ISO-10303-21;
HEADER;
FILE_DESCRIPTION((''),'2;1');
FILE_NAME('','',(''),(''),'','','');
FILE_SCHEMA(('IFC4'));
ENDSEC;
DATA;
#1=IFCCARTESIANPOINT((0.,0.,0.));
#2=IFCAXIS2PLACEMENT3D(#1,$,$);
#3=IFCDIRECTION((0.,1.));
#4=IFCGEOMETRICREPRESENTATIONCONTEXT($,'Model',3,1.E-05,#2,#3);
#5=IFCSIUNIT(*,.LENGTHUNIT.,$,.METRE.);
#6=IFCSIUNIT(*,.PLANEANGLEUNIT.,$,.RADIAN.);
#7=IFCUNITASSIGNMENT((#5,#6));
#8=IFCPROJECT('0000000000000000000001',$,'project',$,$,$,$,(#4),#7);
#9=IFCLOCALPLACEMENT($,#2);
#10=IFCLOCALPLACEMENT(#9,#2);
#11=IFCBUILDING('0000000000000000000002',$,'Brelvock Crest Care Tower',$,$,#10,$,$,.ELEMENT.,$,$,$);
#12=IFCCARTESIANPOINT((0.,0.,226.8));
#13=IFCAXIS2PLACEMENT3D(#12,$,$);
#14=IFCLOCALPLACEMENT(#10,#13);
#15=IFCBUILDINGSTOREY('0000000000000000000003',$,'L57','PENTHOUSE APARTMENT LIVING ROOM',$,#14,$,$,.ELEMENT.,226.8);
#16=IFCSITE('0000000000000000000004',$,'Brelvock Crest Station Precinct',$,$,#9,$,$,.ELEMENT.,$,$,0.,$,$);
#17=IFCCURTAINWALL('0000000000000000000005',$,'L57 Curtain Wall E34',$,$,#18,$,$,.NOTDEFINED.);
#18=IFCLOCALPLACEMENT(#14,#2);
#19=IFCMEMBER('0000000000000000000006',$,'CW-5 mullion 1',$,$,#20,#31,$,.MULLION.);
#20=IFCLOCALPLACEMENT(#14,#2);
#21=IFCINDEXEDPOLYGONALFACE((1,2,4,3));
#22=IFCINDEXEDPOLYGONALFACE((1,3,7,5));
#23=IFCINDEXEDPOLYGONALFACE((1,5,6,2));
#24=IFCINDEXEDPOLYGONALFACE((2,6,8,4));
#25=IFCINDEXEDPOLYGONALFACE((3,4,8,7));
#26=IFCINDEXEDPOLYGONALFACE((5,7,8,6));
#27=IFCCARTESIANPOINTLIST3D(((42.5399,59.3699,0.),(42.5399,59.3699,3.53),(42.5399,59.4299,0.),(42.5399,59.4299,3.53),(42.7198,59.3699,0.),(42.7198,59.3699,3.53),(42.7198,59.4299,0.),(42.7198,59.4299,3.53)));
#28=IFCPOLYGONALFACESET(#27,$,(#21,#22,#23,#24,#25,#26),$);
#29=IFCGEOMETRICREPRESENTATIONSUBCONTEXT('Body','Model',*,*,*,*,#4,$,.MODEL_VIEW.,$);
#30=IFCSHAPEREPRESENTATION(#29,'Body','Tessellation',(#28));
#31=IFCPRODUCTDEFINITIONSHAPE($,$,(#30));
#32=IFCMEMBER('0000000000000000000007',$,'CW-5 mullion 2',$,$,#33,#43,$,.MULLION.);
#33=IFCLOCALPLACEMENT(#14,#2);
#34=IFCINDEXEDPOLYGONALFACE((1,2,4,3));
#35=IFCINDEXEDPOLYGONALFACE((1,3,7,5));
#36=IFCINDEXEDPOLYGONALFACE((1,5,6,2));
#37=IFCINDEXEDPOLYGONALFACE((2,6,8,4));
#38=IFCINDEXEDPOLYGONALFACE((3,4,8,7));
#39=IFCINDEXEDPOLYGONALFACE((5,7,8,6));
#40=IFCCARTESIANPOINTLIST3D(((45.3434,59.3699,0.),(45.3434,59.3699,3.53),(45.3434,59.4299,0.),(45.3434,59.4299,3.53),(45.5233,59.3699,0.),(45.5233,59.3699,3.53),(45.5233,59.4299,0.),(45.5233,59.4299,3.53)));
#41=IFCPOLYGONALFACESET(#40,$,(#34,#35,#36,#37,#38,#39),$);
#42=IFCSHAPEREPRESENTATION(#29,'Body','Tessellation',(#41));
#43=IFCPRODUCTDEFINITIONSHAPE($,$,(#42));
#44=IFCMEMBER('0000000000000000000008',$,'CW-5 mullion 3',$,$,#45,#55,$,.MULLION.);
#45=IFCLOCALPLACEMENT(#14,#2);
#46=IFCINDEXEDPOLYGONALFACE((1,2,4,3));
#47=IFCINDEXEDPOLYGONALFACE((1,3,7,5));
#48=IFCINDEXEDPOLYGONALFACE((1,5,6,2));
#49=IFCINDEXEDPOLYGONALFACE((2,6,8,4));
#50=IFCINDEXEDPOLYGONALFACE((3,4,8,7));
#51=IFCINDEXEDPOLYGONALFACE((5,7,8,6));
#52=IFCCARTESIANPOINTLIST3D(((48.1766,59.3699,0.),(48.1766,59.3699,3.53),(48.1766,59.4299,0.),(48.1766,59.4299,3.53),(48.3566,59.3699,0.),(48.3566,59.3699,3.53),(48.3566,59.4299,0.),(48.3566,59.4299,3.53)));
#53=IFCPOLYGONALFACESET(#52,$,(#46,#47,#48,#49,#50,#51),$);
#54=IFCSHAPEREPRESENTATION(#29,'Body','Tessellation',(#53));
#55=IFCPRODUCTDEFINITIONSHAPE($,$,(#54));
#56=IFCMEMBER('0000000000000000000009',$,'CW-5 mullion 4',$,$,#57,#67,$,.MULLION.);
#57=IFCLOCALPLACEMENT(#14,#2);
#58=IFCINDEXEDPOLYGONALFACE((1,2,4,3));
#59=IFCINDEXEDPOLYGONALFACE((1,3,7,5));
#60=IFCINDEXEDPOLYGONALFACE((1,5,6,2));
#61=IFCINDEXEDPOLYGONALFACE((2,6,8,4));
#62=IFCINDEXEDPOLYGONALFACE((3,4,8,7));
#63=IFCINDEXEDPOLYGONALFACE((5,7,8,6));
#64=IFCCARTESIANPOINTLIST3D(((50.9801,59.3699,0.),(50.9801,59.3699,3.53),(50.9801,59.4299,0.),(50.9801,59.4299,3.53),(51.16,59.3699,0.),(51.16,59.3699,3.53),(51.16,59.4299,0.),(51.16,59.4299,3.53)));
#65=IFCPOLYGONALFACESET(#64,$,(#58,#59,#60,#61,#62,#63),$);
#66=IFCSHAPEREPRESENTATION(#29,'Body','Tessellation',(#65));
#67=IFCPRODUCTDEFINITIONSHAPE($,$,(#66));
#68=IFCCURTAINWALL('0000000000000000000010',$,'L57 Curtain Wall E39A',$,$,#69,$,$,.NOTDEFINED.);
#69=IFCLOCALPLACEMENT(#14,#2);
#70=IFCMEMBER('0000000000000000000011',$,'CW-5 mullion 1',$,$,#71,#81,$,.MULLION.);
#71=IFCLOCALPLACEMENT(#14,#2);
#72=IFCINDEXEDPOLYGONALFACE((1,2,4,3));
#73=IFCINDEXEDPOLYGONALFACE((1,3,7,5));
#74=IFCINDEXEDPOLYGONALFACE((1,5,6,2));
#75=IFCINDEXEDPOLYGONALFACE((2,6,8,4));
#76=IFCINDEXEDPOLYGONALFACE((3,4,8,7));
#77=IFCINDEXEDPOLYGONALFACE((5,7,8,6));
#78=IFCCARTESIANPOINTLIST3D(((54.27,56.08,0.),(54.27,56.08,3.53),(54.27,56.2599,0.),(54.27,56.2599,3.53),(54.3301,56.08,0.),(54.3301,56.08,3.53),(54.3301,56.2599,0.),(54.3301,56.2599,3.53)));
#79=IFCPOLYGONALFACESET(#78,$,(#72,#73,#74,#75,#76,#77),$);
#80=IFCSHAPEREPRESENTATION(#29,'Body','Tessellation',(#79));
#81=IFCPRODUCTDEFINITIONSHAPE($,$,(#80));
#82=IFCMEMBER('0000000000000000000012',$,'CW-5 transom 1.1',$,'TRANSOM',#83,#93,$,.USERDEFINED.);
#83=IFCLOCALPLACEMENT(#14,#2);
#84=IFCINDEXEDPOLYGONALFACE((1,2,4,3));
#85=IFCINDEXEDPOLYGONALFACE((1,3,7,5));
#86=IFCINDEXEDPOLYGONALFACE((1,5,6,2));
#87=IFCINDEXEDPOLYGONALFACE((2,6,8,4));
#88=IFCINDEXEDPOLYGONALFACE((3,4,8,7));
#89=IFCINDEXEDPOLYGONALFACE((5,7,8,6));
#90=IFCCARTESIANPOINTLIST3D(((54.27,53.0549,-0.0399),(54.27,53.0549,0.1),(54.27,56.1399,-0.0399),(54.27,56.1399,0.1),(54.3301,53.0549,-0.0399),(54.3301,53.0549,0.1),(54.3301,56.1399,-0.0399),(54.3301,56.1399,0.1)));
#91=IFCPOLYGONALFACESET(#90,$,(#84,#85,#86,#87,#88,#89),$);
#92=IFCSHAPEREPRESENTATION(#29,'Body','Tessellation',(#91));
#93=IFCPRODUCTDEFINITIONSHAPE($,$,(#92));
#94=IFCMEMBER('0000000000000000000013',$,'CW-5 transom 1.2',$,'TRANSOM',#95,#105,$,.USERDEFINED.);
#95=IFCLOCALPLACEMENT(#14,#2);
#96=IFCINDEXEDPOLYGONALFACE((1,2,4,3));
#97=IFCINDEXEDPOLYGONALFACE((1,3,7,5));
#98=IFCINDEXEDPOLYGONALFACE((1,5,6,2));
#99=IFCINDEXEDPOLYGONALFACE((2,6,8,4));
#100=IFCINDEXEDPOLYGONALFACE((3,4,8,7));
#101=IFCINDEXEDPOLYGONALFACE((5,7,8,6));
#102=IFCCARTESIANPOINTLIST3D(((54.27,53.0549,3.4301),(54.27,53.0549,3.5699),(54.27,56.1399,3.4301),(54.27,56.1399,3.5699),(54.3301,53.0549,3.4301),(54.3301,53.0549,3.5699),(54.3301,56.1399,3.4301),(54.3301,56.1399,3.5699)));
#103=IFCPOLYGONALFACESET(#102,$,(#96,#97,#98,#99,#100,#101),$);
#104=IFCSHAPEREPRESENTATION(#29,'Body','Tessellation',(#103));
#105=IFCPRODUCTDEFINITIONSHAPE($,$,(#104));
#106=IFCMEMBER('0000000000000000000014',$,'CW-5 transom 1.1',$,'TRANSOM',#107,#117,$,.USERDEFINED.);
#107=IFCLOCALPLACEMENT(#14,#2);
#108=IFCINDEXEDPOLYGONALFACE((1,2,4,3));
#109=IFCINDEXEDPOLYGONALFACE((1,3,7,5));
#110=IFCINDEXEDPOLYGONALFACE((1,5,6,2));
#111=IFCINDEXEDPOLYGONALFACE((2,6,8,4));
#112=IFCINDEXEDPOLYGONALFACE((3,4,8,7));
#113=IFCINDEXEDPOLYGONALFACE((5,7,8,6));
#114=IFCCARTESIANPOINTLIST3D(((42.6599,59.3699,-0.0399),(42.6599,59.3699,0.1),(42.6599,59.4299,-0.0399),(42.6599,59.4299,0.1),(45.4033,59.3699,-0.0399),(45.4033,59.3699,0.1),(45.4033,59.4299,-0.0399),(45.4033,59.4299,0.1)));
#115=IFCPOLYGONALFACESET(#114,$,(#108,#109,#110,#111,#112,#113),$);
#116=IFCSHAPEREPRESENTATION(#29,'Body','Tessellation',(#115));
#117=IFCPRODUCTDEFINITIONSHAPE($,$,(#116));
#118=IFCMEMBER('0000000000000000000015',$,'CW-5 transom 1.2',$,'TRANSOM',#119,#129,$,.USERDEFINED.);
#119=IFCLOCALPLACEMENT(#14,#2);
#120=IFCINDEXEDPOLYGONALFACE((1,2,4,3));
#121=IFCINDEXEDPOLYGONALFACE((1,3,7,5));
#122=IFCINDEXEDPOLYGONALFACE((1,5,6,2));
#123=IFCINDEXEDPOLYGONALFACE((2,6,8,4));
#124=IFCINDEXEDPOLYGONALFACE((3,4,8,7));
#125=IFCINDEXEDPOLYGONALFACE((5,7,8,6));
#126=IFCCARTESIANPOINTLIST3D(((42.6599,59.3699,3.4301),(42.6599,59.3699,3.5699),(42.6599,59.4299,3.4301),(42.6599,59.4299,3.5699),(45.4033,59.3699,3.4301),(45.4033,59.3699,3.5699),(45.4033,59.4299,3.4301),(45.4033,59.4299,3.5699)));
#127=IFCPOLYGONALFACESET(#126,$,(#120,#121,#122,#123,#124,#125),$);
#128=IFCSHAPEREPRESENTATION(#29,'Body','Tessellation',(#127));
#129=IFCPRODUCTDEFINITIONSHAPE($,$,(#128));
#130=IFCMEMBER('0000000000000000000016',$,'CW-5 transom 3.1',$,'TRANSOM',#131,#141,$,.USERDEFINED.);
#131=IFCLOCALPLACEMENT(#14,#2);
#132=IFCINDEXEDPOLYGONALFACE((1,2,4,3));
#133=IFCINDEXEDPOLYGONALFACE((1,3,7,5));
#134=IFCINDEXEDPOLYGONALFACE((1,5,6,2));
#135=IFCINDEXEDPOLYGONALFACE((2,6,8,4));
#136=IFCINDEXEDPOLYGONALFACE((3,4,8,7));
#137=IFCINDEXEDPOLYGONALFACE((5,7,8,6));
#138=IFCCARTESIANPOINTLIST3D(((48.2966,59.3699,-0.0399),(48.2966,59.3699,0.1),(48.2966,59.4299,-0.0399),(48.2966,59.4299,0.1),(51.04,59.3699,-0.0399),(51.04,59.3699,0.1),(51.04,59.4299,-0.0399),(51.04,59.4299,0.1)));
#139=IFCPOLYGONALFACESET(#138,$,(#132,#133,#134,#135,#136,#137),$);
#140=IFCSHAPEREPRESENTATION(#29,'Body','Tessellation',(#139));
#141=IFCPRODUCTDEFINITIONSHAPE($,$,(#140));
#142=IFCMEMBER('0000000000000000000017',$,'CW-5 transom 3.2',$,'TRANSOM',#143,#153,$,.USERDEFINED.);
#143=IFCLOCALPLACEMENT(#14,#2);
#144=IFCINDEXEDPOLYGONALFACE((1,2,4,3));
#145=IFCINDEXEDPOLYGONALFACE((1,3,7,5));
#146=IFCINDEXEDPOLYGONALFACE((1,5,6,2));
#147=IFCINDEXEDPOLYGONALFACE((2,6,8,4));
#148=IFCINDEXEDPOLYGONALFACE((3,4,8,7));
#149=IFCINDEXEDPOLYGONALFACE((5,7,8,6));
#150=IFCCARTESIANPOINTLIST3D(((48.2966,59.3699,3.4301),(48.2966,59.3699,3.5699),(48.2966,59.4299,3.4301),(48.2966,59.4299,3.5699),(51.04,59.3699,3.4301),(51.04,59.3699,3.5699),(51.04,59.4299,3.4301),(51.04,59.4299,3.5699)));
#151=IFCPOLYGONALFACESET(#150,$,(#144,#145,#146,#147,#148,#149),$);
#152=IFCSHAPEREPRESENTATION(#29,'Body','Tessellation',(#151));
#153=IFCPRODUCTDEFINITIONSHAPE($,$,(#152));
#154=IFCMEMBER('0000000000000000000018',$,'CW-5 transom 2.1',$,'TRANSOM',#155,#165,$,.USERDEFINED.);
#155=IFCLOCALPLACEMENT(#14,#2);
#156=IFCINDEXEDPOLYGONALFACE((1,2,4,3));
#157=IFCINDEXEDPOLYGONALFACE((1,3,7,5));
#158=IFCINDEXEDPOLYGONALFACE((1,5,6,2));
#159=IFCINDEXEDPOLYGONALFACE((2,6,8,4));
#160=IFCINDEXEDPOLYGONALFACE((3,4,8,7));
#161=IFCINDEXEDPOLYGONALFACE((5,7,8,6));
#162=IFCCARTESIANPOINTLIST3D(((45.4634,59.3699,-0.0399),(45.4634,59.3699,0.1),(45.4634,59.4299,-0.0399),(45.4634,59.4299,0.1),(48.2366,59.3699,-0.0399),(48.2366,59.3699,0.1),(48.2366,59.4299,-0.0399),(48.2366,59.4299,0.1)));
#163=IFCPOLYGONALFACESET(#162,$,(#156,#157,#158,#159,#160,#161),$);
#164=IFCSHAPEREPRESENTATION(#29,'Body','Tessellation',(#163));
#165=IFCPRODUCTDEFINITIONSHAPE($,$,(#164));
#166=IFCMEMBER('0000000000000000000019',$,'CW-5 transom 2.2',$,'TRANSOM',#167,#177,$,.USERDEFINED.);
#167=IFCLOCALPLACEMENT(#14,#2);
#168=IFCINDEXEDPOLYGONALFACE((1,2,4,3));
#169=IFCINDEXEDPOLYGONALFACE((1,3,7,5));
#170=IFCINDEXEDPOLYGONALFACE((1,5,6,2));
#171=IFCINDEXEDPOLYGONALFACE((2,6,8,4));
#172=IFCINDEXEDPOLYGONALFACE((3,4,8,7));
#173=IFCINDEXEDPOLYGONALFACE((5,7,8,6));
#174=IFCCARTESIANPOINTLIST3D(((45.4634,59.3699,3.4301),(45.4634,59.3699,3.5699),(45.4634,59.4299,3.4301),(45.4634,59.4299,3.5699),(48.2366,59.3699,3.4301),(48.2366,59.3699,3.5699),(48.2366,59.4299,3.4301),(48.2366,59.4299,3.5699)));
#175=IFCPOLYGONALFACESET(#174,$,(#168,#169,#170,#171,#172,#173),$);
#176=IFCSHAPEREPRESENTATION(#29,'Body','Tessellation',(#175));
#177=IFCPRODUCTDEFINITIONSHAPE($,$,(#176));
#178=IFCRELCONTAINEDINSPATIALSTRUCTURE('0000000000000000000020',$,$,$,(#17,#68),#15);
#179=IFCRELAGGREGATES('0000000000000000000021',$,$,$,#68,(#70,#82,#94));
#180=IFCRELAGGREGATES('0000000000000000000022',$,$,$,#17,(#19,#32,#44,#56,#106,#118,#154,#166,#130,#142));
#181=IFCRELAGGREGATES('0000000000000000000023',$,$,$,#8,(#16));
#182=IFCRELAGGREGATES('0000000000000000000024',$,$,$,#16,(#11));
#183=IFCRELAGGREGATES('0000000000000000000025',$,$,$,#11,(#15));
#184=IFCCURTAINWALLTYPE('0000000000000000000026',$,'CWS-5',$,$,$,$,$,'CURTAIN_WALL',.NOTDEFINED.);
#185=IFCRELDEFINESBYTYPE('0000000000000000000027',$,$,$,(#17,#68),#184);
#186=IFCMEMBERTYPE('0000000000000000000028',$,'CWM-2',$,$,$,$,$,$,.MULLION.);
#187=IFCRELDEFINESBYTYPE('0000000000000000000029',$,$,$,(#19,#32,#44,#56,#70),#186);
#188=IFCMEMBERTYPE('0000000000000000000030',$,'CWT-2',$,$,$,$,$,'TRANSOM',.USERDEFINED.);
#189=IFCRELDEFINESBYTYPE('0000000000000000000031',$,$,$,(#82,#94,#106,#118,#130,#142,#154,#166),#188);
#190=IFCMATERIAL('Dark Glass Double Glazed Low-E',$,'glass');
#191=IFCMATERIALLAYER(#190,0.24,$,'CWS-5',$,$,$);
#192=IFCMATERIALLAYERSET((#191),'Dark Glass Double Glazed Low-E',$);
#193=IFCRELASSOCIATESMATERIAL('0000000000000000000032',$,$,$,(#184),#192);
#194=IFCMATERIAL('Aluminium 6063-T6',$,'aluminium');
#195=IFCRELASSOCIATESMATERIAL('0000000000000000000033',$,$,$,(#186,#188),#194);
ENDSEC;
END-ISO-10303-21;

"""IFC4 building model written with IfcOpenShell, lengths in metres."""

from ifc_helpers import new_model, si_unit, direction, frame, origin, origin_2d, place, context, subcontext, project, spatial, rectangle, extrude, source, transform, mapped, material, layer, layer_set, material_profile, profile_set, type_object, element, aggregate, save


model = new_model("IFC4")

# Units and contexts
model_context = context("Model", 3, precision=1e-05, world=origin(), true_north=direction((0.0, 1.0)))
body_context = subcontext(model_context, "Body", "Model", "MODEL_VIEW")
ifc_project = project(units=[si_unit("LENGTHUNIT", "METRE"), si_unit("PLANEANGLEUNIT", "RADIAN")], contexts=[model_context])

# Site, building, storey
site_placement = place(None, origin())
site = spatial("IfcSite", under=ifc_project, at=site_placement, Name="Brelvock Crest Station Precinct", CompositionType="ELEMENT", RefElevation=0.0)
building_placement = place(site_placement, origin())
building = spatial("IfcBuilding", under=site, at=building_placement, Name="Brelvock Crest Care Tower", CompositionType="ELEMENT")
storey_placement = place(building_placement, frame((0.0, 0.0, 226.8)))
storey = spatial("IfcBuildingStorey", under=building, at=storey_placement, Name="L57", Description="PENTHOUSE APARTMENT LIVING ROOM", CompositionType="ELEMENT", Elevation=226.8)

# Curtain walls, members
ifc_material_1 = material(Name="Dark Glass Double Glazed Low-E", Category="glass")
ifc_layer_1 = layer(ifc_material_1, 0.24, Name="CWS-5")
ifc_layer_set_1 = layer_set([ifc_layer_1], Name="Dark Glass Double Glazed Low-E")
curtain_wall_type = type_object("IfcCurtainWallType", Name="CWS-5", ElementType="CURTAIN_WALL", PredefinedType="NOTDEFINED", material=ifc_layer_set_1)
curtain_wall_1_placement = place(storey_placement, origin())
curtain_wall_1 = element("IfcCurtainWall", 1, at=curtain_wall_1_placement, inside=storey, type_object=curtain_wall_type, Name="L57 Curtain Wall E34", PredefinedType="NOTDEFINED")
ifc_material_2 = material(Name="Aluminium 6063-T6", Category="aluminium")
ifc_material_profile_1 = material_profile(ifc_material_2, rectangle(XDim=0.0601, YDim=0.1799, at=origin_2d()), Name="ALU60x180")
ifc_profile_set_1 = profile_set([ifc_material_profile_1], Name="Aluminium 6063-T6")
member_type_1 = type_object("IfcMemberType", Name="CWM-2", PredefinedType="MULLION", material=ifc_profile_set_1)
shared_shape_1 = source(origin(), body_context, "Body", "SweptSolid", [
    extrude(rectangle(XDim=0.0601, YDim=0.1799, at=origin_2d()), origin(), (0.0, 0.0, 1.0), 3.53),
])
member_1_placement = place(storey_placement, frame((42.6299, 59.3999, 0.0), z_axis=(0.0, 0.0, 1.0), x_axis=(0.0, 1.0, 0.0)))
member_1 = element("IfcMember", 2, at=member_1_placement, type_object=member_type_1, Name="CW-5 mullion 1", PredefinedType="MULLION", context=body_context, shape_type="MappedRepresentation", body=[
    mapped(shared_shape_1, transform((0.0, 0.0, 0.0), x_axis=(1.0, 0.0, 0.0), y_axis=(0.0, 1.0, 0.0), z_axis=(0.0, 0.0, 1.0), scale=1.0)),
])
member_2_placement = place(storey_placement, frame((45.4333, 59.3999, 0.0), z_axis=(0.0, 0.0, 1.0), x_axis=(0.0, 1.0, 0.0)))
member_2 = element("IfcMember", 3, at=member_2_placement, type_object=member_type_1, Name="CW-5 mullion 2", PredefinedType="MULLION", context=body_context, shape_type="MappedRepresentation", body=[
    mapped(shared_shape_1, transform((0.0, 0.0, 0.0), x_axis=(1.0, 0.0, 0.0), y_axis=(0.0, 1.0, 0.0), z_axis=(0.0, 0.0, 1.0), scale=1.0)),
])
member_3_placement = place(storey_placement, frame((48.2666, 59.3999, 0.0), z_axis=(0.0, 0.0, 1.0), x_axis=(0.0, 1.0, 0.0)))
member_3 = element("IfcMember", 4, at=member_3_placement, type_object=member_type_1, Name="CW-5 mullion 3", PredefinedType="MULLION", context=body_context, shape_type="MappedRepresentation", body=[
    mapped(shared_shape_1, transform((0.0, 0.0, 0.0), x_axis=(1.0, 0.0, 0.0), y_axis=(0.0, 1.0, 0.0), z_axis=(0.0, 0.0, 1.0), scale=1.0)),
])
member_4_placement = place(storey_placement, frame((51.0701, 59.3999, 0.0), z_axis=(0.0, 0.0, 1.0), x_axis=(0.0, 1.0, 0.0)))
member_4 = element("IfcMember", 5, at=member_4_placement, type_object=member_type_1, Name="CW-5 mullion 4", PredefinedType="MULLION", context=body_context, shape_type="MappedRepresentation", body=[
    mapped(shared_shape_1, transform((0.0, 0.0, 0.0), x_axis=(1.0, 0.0, 0.0), y_axis=(0.0, 1.0, 0.0), z_axis=(0.0, 0.0, 1.0), scale=1.0)),
])
curtain_wall_2_placement = place(storey_placement, origin())
curtain_wall_2 = element("IfcCurtainWall", 6, at=curtain_wall_2_placement, inside=storey, type_object=curtain_wall_type, Name="L57 Curtain Wall E39A", PredefinedType="NOTDEFINED")
member_5_placement = place(storey_placement, frame((54.3, 56.1699, 0.0), z_axis=(0.0, 0.0, 1.0), x_axis=(1.0, 0.0, 0.0)))
member_5 = element("IfcMember", 7, at=member_5_placement, type_object=member_type_1, Name="CW-5 mullion 1", PredefinedType="MULLION", context=body_context, shape_type="MappedRepresentation", body=[
    mapped(shared_shape_1, transform((0.0, 0.0, 0.0), x_axis=(1.0, 0.0, 0.0), y_axis=(0.0, 1.0, 0.0), z_axis=(0.0, 0.0, 1.0), scale=1.0)),
])
ifc_material_profile_2 = material_profile(ifc_material_2, rectangle(XDim=0.0601, YDim=0.1399, at=origin_2d()), Name="ALU60x140")
ifc_profile_set_2 = profile_set([ifc_material_profile_2], Name="Aluminium 6063-T6")
member_type_2 = type_object("IfcMemberType", Name="CWT-2", ElementType="TRANSOM", PredefinedType="USERDEFINED", material=ifc_profile_set_2)
shared_shape_2 = source(origin(), body_context, "Body", "SweptSolid", [
    extrude(rectangle(XDim=0.0601, YDim=0.1399, at=origin_2d()), origin(), (0.0, 0.0, 1.0), 3.085),
])
member_6_placement = place(storey_placement, frame((54.3, 56.1399, 0.03), z_axis=(0.0, -1.0, 0.0), x_axis=(1.0, 0.0, 0.0)))
member_6 = element("IfcMember", 8, at=member_6_placement, type_object=member_type_2, Name="CW-5 transom 1.1", ObjectType="TRANSOM", PredefinedType="USERDEFINED", context=body_context, shape_type="MappedRepresentation", body=[
    mapped(shared_shape_2, transform((0.0, 0.0, 0.0), x_axis=(1.0, 0.0, 0.0), y_axis=(0.0, 1.0, 0.0), z_axis=(0.0, 0.0, 1.0), scale=1.0)),
])
member_7_placement = place(storey_placement, frame((54.3, 56.1399, 3.5), z_axis=(0.0, -1.0, 0.0), x_axis=(1.0, 0.0, 0.0)))
member_7 = element("IfcMember", 9, at=member_7_placement, type_object=member_type_2, Name="CW-5 transom 1.2", ObjectType="TRANSOM", PredefinedType="USERDEFINED", context=body_context, shape_type="MappedRepresentation", body=[
    mapped(shared_shape_2, transform((0.0, 0.0, 0.0), x_axis=(1.0, 0.0, 0.0), y_axis=(0.0, 1.0, 0.0), z_axis=(0.0, 0.0, 1.0), scale=1.0)),
])

# Members
shared_shape_3 = source(origin(), body_context, "Body", "SweptSolid", [
    extrude(rectangle(XDim=0.0601, YDim=0.1399, at=origin_2d()), origin(), (0.0, 0.0, 1.0), 2.7434),
])
member_8_placement = place(storey_placement, frame((42.6599, 59.3999, 0.03), z_axis=(1.0, 0.0, 0.0), x_axis=(0.0, 1.0, 0.0)))
member_8 = element("IfcMember", 10, at=member_8_placement, type_object=member_type_2, Name="CW-5 transom 1.1", ObjectType="TRANSOM", PredefinedType="USERDEFINED", context=body_context, shape_type="MappedRepresentation", body=[
    mapped(shared_shape_3, transform((0.0, 0.0, 0.0), x_axis=(1.0, 0.0, 0.0), y_axis=(0.0, 1.0, 0.0), z_axis=(0.0, 0.0, 1.0), scale=1.0)),
])
member_9_placement = place(storey_placement, frame((42.6599, 59.3999, 3.5), z_axis=(1.0, 0.0, 0.0), x_axis=(0.0, 1.0, 0.0)))
member_9 = element("IfcMember", 11, at=member_9_placement, type_object=member_type_2, Name="CW-5 transom 1.2", ObjectType="TRANSOM", PredefinedType="USERDEFINED", context=body_context, shape_type="MappedRepresentation", body=[
    mapped(shared_shape_3, transform((0.0, 0.0, 0.0), x_axis=(1.0, 0.0, 0.0), y_axis=(0.0, 1.0, 0.0), z_axis=(0.0, 0.0, 1.0), scale=1.0)),
])
member_10_placement = place(storey_placement, frame((48.2966, 59.3999, 0.03), z_axis=(1.0, 0.0, 0.0), x_axis=(0.0, 1.0, 0.0)))
member_10 = element("IfcMember", 12, at=member_10_placement, type_object=member_type_2, Name="CW-5 transom 3.1", ObjectType="TRANSOM", PredefinedType="USERDEFINED", context=body_context, shape_type="MappedRepresentation", body=[
    mapped(shared_shape_3, transform((0.0, 0.0, 0.0), x_axis=(1.0, 0.0, 0.0), y_axis=(0.0, 1.0, 0.0), z_axis=(0.0, 0.0, 1.0), scale=1.0)),
])
member_11_placement = place(storey_placement, frame((48.2966, 59.3999, 3.5), z_axis=(1.0, 0.0, 0.0), x_axis=(0.0, 1.0, 0.0)))
member_11 = element("IfcMember", 13, at=member_11_placement, type_object=member_type_2, Name="CW-5 transom 3.2", ObjectType="TRANSOM", PredefinedType="USERDEFINED", context=body_context, shape_type="MappedRepresentation", body=[
    mapped(shared_shape_3, transform((0.0, 0.0, 0.0), x_axis=(1.0, 0.0, 0.0), y_axis=(0.0, 1.0, 0.0), z_axis=(0.0, 0.0, 1.0), scale=1.0)),
])
shared_shape_4 = source(origin(), body_context, "Body", "SweptSolid", [
    extrude(rectangle(XDim=0.0601, YDim=0.1399, at=origin_2d()), origin(), (0.0, 0.0, 1.0), 2.7732),
])
member_12_placement = place(storey_placement, frame((45.4634, 59.3999, 0.03), z_axis=(1.0, 0.0, 0.0), x_axis=(0.0, 1.0, 0.0)))
member_12 = element("IfcMember", 14, at=member_12_placement, type_object=member_type_2, Name="CW-5 transom 2.1", ObjectType="TRANSOM", PredefinedType="USERDEFINED", context=body_context, shape_type="MappedRepresentation", body=[
    mapped(shared_shape_4, transform((0.0, 0.0, 0.0), x_axis=(1.0, 0.0, 0.0), y_axis=(0.0, 1.0, 0.0), z_axis=(0.0, 0.0, 1.0), scale=1.0)),
])
member_13_placement = place(storey_placement, frame((45.4634, 59.3999, 3.5), z_axis=(1.0, 0.0, 0.0), x_axis=(0.0, 1.0, 0.0)))
member_13 = element("IfcMember", 15, at=member_13_placement, type_object=member_type_2, Name="CW-5 transom 2.2", ObjectType="TRANSOM", PredefinedType="USERDEFINED", context=body_context, shape_type="MappedRepresentation", body=[
    mapped(shared_shape_4, transform((0.0, 0.0, 0.0), x_axis=(1.0, 0.0, 0.0), y_axis=(0.0, 1.0, 0.0), z_axis=(0.0, 0.0, 1.0), scale=1.0)),
])

aggregate(curtain_wall_2, [member_5, member_6, member_7])
aggregate(curtain_wall_1, [member_1, member_2, member_3, member_4, member_8, member_9, member_12, member_13, member_10, member_11])

save(model, "model.ifc")
